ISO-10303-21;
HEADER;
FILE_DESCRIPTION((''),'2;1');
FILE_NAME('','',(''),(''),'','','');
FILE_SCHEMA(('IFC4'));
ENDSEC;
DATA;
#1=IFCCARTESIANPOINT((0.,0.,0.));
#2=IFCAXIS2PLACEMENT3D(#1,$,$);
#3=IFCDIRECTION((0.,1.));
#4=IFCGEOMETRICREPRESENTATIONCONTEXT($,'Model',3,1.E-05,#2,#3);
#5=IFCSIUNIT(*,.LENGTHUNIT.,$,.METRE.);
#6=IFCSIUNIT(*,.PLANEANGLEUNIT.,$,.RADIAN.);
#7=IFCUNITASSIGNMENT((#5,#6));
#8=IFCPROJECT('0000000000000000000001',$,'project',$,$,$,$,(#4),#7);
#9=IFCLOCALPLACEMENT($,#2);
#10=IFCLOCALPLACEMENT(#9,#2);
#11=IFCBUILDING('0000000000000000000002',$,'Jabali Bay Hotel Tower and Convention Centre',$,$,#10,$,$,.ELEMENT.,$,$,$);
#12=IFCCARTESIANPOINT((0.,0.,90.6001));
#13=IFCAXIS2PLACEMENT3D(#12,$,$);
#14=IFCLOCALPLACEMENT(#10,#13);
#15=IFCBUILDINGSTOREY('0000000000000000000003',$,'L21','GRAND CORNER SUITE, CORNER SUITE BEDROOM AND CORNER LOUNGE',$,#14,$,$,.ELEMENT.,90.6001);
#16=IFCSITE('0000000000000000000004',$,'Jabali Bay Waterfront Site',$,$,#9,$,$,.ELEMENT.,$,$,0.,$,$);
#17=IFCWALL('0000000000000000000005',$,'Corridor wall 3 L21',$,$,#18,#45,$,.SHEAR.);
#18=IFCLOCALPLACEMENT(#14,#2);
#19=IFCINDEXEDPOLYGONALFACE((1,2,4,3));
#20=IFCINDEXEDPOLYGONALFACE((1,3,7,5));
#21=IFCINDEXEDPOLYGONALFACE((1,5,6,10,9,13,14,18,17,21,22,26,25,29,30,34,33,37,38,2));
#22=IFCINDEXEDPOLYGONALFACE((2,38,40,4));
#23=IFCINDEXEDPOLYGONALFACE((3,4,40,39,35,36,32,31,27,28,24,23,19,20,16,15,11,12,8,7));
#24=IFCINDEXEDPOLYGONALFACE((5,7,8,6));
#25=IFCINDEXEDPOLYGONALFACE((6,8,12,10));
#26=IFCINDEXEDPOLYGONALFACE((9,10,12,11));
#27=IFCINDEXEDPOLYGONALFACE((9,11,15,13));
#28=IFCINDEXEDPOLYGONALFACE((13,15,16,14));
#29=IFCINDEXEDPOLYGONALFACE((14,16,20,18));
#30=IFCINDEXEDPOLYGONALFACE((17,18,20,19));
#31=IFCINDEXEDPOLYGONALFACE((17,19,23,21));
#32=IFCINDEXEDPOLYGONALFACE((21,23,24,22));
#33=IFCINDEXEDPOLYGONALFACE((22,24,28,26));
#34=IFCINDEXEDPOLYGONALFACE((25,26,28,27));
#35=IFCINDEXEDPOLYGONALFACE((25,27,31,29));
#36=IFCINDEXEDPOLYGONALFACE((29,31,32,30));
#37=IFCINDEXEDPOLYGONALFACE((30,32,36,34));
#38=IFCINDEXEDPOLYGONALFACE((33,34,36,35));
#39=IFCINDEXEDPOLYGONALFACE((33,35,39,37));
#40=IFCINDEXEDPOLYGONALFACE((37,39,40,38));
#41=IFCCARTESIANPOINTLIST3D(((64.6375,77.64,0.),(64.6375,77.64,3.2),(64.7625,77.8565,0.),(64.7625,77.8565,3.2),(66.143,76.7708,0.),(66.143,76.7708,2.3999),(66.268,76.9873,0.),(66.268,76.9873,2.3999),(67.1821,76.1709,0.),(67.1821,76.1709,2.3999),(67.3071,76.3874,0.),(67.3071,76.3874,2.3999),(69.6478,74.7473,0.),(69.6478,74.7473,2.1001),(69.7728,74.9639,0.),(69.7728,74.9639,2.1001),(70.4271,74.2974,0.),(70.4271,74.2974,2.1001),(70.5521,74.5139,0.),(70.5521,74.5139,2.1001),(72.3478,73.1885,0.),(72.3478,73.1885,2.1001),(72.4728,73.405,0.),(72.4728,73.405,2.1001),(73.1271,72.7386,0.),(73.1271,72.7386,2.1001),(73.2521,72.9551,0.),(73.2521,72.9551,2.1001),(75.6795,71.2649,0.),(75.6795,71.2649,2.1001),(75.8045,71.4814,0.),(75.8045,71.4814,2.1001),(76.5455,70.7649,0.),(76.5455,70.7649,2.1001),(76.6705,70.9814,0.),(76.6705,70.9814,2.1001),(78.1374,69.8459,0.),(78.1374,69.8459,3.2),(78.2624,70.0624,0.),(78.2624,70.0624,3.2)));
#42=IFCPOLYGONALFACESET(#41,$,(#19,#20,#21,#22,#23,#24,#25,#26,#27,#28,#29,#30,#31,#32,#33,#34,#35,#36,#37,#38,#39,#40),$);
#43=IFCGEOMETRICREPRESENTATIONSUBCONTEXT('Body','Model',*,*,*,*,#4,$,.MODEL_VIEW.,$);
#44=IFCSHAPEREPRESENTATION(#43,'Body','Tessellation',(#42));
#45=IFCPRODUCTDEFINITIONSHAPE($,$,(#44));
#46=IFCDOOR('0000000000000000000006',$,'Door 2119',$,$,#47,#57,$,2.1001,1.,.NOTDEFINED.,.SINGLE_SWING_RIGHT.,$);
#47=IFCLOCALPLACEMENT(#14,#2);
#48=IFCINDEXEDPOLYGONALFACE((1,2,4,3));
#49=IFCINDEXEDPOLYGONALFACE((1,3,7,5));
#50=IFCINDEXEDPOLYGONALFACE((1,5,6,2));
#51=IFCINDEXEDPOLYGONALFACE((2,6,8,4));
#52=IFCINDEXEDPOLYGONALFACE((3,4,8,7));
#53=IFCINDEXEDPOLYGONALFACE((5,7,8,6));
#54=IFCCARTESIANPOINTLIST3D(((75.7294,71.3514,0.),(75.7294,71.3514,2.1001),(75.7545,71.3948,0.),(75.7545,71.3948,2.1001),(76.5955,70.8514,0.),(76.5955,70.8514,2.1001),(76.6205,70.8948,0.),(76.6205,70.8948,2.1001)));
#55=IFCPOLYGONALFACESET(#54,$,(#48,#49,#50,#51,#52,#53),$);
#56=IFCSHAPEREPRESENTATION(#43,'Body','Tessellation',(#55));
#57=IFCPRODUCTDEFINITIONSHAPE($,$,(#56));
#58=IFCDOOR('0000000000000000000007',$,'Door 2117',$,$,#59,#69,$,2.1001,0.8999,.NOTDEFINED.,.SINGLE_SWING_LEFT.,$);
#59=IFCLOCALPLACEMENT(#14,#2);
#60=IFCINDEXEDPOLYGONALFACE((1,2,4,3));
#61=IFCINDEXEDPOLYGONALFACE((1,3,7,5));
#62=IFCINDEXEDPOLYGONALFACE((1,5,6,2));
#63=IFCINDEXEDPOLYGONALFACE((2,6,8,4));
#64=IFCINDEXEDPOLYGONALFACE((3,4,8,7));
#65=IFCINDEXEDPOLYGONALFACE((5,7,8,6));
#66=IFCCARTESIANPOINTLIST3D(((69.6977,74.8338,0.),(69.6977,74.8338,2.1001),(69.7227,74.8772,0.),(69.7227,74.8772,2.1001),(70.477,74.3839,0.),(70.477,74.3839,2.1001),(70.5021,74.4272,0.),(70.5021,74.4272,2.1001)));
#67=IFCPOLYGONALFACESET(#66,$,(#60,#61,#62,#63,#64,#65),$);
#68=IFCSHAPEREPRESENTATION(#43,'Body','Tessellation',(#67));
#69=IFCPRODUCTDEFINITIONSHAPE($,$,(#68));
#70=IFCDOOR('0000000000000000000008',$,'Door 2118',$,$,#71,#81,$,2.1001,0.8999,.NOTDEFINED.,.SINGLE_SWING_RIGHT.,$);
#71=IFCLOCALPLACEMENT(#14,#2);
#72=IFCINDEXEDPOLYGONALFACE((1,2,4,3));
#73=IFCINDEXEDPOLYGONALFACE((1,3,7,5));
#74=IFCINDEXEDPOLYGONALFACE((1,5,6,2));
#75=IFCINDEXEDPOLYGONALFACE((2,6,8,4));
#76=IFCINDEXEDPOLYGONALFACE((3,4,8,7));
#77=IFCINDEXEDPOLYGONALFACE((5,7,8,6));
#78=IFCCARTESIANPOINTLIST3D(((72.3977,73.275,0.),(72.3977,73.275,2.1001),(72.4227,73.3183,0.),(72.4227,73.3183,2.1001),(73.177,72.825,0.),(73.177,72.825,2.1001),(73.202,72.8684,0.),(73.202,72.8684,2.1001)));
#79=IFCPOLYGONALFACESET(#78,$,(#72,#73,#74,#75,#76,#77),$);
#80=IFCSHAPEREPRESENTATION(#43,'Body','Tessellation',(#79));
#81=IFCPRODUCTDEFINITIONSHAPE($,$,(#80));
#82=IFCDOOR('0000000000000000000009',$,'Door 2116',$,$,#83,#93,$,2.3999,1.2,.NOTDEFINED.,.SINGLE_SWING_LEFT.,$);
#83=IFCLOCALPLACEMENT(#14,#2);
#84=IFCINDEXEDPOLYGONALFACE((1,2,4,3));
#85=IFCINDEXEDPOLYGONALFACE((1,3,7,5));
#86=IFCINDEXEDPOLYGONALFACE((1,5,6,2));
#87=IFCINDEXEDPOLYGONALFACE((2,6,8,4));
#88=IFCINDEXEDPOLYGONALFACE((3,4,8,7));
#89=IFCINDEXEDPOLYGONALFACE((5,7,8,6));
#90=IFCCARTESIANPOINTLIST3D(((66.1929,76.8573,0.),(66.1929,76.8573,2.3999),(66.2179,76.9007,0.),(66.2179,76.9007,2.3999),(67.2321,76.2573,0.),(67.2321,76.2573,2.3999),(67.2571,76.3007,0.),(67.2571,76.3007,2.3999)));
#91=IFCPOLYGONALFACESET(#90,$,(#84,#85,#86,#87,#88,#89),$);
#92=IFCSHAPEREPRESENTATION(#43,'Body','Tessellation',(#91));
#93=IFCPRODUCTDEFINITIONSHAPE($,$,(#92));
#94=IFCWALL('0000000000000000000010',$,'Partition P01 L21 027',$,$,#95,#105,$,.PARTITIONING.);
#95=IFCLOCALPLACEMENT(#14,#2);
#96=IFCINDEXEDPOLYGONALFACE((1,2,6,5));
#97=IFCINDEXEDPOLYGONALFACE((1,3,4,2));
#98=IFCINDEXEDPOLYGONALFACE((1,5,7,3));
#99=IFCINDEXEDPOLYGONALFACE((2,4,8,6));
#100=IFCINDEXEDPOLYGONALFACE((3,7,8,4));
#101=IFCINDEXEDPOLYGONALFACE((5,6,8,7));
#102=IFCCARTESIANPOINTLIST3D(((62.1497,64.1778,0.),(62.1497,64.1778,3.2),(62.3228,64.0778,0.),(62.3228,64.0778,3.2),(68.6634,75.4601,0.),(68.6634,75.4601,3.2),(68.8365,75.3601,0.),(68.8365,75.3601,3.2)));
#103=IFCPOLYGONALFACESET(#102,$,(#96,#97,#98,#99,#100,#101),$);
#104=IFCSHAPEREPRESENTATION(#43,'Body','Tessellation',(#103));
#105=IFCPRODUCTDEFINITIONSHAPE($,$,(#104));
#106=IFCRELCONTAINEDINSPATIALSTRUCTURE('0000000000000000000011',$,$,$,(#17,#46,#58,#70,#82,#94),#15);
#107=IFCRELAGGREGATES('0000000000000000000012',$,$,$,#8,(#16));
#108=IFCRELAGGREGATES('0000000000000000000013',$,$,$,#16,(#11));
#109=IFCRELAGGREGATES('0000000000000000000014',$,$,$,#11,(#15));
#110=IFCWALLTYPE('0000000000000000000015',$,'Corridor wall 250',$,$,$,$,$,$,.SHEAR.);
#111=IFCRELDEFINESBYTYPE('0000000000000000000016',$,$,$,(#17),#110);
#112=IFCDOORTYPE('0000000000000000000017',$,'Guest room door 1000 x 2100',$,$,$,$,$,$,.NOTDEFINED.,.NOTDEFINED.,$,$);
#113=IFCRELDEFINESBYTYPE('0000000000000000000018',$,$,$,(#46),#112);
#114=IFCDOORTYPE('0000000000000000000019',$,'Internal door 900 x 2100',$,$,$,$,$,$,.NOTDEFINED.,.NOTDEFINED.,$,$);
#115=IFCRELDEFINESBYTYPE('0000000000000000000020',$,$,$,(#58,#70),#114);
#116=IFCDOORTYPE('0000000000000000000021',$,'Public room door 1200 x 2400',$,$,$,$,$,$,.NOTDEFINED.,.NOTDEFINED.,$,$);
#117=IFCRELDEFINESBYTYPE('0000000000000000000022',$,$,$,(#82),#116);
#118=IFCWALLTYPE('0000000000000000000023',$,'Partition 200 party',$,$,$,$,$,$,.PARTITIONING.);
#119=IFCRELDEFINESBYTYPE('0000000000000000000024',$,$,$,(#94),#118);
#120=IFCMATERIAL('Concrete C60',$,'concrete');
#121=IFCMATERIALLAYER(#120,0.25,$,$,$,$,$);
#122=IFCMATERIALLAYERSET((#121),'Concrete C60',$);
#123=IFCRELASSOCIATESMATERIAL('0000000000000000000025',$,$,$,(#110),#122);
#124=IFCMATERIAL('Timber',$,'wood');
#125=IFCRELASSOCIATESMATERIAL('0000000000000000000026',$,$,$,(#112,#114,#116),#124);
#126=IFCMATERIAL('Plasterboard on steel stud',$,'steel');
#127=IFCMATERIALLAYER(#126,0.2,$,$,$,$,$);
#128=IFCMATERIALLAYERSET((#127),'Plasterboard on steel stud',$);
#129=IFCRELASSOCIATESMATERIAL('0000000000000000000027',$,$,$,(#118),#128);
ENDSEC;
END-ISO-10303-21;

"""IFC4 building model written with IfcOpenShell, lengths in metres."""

from ifc_helpers import new_model, si_unit, direction, frame, frame_2d, origin, place, context, subcontext, project, spatial, rectangle, extrude, material, layer, layer_set, type_object, element, fill, save


model = new_model("IFC4")

# Units and contexts
model_context = context("Model", 3, precision=1e-05, world=origin(), true_north=direction((0.0, 1.0)))
body_context = subcontext(model_context, "Body", "Model", "MODEL_VIEW")
ifc_project = project(units=[si_unit("LENGTHUNIT", "METRE"), si_unit("PLANEANGLEUNIT", "RADIAN")], contexts=[model_context])

# Site, building, storey
site_placement = place(None, origin())
site = spatial("IfcSite", under=ifc_project, at=site_placement, Name="Jabali Bay Waterfront Site", CompositionType="ELEMENT", RefElevation=0.0)
building_placement = place(site_placement, origin())
building = spatial("IfcBuilding", under=site, at=building_placement, Name="Jabali Bay Hotel Tower and Convention Centre", CompositionType="ELEMENT")
storey_placement = place(building_placement, frame((0.0, 0.0, 90.6001)))
storey = spatial("IfcBuildingStorey", under=building, at=storey_placement, Name="L21", Description="GRAND CORNER SUITE, CORNER SUITE BEDROOM AND CORNER LOUNGE", CompositionType="ELEMENT", Elevation=90.6001)

# Shared definitions
ifc_material_1 = material(Name="Concrete C60", Category="concrete")

# Wall, openings, doors
ifc_layer_1 = layer(ifc_material_1, 0.25)
ifc_layer_set_1 = layer_set([ifc_layer_1], Name="Concrete C60")
wall_type_1 = type_object("IfcWallType", Name="Corridor wall 250", PredefinedType="SHEAR", material=ifc_layer_set_1)
wall_1_placement = place(storey_placement, frame((64.7, 77.7483, 0.0), z_axis=(0.0, 0.0, 1.0), x_axis=(0.866026, -0.499998, 0.0)))
wall_1 = element("IfcWall", 1, at=wall_1_placement, inside=storey, type_object=wall_type_1, Name="Corridor wall 3 L21", PredefinedType="SHEAR", context=body_context, shape_type="SweptSolid", body=[
    extrude(rectangle(XDim=15.5884, YDim=0.25, at=frame_2d((7.7942, 0.0))), origin(), (0.0, 0.0, 1.0), 3.2),
])
opening_1_placement = place(wall_1_placement, frame((1.7383, 0.0, 0.0)))
opening_1 = element("IfcOpeningElement", 2, at=opening_1_placement, cuts=wall_1, PredefinedType="OPENING", context=body_context, shape_type="SweptSolid", body=[
    extrude(rectangle(XDim=1.2, YDim=2.3999, at=frame_2d((0.6001, 1.2))), frame((0.0, 0.1355, 0.0), z_axis=(0.0, -1.0, 0.0), x_axis=(1.0, 0.0, 0.0)), (0.0, 0.0, 1.0), 0.271),
])
opening_2_placement = place(wall_1_placement, frame((5.7854, 0.0, 0.0)))
opening_2 = element("IfcOpeningElement", 3, at=opening_2_placement, cuts=wall_1, PredefinedType="OPENING", context=body_context, shape_type="SweptSolid", body=[
    extrude(rectangle(XDim=0.8999, YDim=2.1001, at=frame_2d((0.45, 1.05))), frame((0.0, 0.1355, 0.0), z_axis=(0.0, -1.0, 0.0), x_axis=(1.0, 0.0, 0.0)), (0.0, 0.0, 1.0), 0.271),
])
opening_3_placement = place(wall_1_placement, frame((8.9031, 0.0, 0.0)))
opening_3 = element("IfcOpeningElement", 4, at=opening_3_placement, cuts=wall_1, PredefinedType="OPENING", context=body_context, shape_type="SweptSolid", body=[
    extrude(rectangle(XDim=0.8999, YDim=2.1001, at=frame_2d((0.45, 1.05))), frame((0.0, 0.1355, 0.0), z_axis=(0.0, -1.0, 0.0), x_axis=(1.0, 0.0, 0.0)), (0.0, 0.0, 1.0), 0.271),
])
opening_4_placement = place(wall_1_placement, frame((12.7502, 0.0, 0.0)))
opening_4 = element("IfcOpeningElement", 5, at=opening_4_placement, cuts=wall_1, PredefinedType="OPENING", context=body_context, shape_type="SweptSolid", body=[
    extrude(rectangle(XDim=1.0, YDim=2.1001, at=frame_2d((0.5, 1.05))), frame((0.0, 0.1355, 0.0), z_axis=(0.0, -1.0, 0.0), x_axis=(1.0, 0.0, 0.0)), (0.0, 0.0, 1.0), 0.271),
])
ifc_material_2 = material(Name="Timber", Category="wood")
door_type_1 = type_object("IfcDoorType", Name="Guest room door 1000 x 2100", OperationType="NOTDEFINED", PredefinedType="NOTDEFINED", material=ifc_material_2)
door_1_placement = place(opening_4_placement, origin())
door_1 = element("IfcDoor", 6, at=door_1_placement, inside=storey, type_object=door_type_1, Name="Door 2119", OperationType="SINGLE_SWING_RIGHT", OverallHeight=2.1001, OverallWidth=1.0, PredefinedType="NOTDEFINED", context=body_context, shape_type="SweptSolid", body=[
    extrude(rectangle(XDim=1.0, YDim=2.1001, at=frame_2d((0.5, 1.05))), frame((0.0, 0.0249, 0.0), z_axis=(0.0, -1.0, 0.0), x_axis=(1.0, 0.0, 0.0)), (0.0, 0.0, 1.0), 0.05),
])
fill(opening_4, door_1)
door_type_2 = type_object("IfcDoorType", Name="Internal door 900 x 2100", OperationType="NOTDEFINED", PredefinedType="NOTDEFINED", material=ifc_material_2)
door_2_placement = place(opening_2_placement, origin())
door_2 = element("IfcDoor", 7, at=door_2_placement, inside=storey, type_object=door_type_2, Name="Door 2117", OperationType="SINGLE_SWING_LEFT", OverallHeight=2.1001, OverallWidth=0.8999, PredefinedType="NOTDEFINED", context=body_context, shape_type="SweptSolid", body=[
    extrude(rectangle(XDim=0.8999, YDim=2.1001, at=frame_2d((0.45, 1.05))), frame((0.0, 0.0249, 0.0), z_axis=(0.0, -1.0, 0.0), x_axis=(1.0, 0.0, 0.0)), (0.0, 0.0, 1.0), 0.05),
])
fill(opening_2, door_2)
door_3_placement = place(opening_3_placement, origin())
door_3 = element("IfcDoor", 8, at=door_3_placement, inside=storey, type_object=door_type_2, Name="Door 2118", OperationType="SINGLE_SWING_RIGHT", OverallHeight=2.1001, OverallWidth=0.8999, PredefinedType="NOTDEFINED", context=body_context, shape_type="SweptSolid", body=[
    extrude(rectangle(XDim=0.8999, YDim=2.1001, at=frame_2d((0.45, 1.05))), frame((0.0, 0.0249, 0.0), z_axis=(0.0, -1.0, 0.0), x_axis=(1.0, 0.0, 0.0)), (0.0, 0.0, 1.0), 0.05),
])
fill(opening_3, door_3)
door_type_3 = type_object("IfcDoorType", Name="Public room door 1200 x 2400", OperationType="NOTDEFINED", PredefinedType="NOTDEFINED", material=ifc_material_2)
door_4_placement = place(opening_1_placement, origin())
door_4 = element("IfcDoor", 9, at=door_4_placement, inside=storey, type_object=door_type_3, Name="Door 2116", OperationType="SINGLE_SWING_LEFT", OverallHeight=2.3999, OverallWidth=1.2, PredefinedType="NOTDEFINED", context=body_context, shape_type="SweptSolid", body=[
    extrude(rectangle(XDim=1.2, YDim=2.3999, at=frame_2d((0.6001, 1.2))), frame((0.0, 0.0249, 0.0), z_axis=(0.0, -1.0, 0.0), x_axis=(1.0, 0.0, 0.0)), (0.0, 0.0, 1.0), 0.05),
])
fill(opening_1, door_4)

# Wall
ifc_material_3 = material(Name="Plasterboard on steel stud", Category="steel")
ifc_layer_2 = layer(ifc_material_3, 0.2)
ifc_layer_set_2 = layer_set([ifc_layer_2], Name="Plasterboard on steel stud")
wall_type_2 = type_object("IfcWallType", Name="Partition 200 party", PredefinedType="PARTITIONING", material=ifc_layer_set_2)
wall_2_placement = place(storey_placement, frame((62.2363, 64.1279, 0.0), z_axis=(0.0, 0.0, 1.0), x_axis=(0.499993, 0.86603, 0.0)))
element("IfcWall", 10, at=wall_2_placement, inside=storey, type_object=wall_type_2, Name="Partition P01 L21 027", PredefinedType="PARTITIONING", context=body_context, shape_type="SweptSolid", body=[
    extrude(rectangle(XDim=13.0276, YDim=0.2, at=frame_2d((6.5137, 0.0))), origin(), (0.0, 0.0, 1.0), 3.2),
])

save(model, "model.ifc")
